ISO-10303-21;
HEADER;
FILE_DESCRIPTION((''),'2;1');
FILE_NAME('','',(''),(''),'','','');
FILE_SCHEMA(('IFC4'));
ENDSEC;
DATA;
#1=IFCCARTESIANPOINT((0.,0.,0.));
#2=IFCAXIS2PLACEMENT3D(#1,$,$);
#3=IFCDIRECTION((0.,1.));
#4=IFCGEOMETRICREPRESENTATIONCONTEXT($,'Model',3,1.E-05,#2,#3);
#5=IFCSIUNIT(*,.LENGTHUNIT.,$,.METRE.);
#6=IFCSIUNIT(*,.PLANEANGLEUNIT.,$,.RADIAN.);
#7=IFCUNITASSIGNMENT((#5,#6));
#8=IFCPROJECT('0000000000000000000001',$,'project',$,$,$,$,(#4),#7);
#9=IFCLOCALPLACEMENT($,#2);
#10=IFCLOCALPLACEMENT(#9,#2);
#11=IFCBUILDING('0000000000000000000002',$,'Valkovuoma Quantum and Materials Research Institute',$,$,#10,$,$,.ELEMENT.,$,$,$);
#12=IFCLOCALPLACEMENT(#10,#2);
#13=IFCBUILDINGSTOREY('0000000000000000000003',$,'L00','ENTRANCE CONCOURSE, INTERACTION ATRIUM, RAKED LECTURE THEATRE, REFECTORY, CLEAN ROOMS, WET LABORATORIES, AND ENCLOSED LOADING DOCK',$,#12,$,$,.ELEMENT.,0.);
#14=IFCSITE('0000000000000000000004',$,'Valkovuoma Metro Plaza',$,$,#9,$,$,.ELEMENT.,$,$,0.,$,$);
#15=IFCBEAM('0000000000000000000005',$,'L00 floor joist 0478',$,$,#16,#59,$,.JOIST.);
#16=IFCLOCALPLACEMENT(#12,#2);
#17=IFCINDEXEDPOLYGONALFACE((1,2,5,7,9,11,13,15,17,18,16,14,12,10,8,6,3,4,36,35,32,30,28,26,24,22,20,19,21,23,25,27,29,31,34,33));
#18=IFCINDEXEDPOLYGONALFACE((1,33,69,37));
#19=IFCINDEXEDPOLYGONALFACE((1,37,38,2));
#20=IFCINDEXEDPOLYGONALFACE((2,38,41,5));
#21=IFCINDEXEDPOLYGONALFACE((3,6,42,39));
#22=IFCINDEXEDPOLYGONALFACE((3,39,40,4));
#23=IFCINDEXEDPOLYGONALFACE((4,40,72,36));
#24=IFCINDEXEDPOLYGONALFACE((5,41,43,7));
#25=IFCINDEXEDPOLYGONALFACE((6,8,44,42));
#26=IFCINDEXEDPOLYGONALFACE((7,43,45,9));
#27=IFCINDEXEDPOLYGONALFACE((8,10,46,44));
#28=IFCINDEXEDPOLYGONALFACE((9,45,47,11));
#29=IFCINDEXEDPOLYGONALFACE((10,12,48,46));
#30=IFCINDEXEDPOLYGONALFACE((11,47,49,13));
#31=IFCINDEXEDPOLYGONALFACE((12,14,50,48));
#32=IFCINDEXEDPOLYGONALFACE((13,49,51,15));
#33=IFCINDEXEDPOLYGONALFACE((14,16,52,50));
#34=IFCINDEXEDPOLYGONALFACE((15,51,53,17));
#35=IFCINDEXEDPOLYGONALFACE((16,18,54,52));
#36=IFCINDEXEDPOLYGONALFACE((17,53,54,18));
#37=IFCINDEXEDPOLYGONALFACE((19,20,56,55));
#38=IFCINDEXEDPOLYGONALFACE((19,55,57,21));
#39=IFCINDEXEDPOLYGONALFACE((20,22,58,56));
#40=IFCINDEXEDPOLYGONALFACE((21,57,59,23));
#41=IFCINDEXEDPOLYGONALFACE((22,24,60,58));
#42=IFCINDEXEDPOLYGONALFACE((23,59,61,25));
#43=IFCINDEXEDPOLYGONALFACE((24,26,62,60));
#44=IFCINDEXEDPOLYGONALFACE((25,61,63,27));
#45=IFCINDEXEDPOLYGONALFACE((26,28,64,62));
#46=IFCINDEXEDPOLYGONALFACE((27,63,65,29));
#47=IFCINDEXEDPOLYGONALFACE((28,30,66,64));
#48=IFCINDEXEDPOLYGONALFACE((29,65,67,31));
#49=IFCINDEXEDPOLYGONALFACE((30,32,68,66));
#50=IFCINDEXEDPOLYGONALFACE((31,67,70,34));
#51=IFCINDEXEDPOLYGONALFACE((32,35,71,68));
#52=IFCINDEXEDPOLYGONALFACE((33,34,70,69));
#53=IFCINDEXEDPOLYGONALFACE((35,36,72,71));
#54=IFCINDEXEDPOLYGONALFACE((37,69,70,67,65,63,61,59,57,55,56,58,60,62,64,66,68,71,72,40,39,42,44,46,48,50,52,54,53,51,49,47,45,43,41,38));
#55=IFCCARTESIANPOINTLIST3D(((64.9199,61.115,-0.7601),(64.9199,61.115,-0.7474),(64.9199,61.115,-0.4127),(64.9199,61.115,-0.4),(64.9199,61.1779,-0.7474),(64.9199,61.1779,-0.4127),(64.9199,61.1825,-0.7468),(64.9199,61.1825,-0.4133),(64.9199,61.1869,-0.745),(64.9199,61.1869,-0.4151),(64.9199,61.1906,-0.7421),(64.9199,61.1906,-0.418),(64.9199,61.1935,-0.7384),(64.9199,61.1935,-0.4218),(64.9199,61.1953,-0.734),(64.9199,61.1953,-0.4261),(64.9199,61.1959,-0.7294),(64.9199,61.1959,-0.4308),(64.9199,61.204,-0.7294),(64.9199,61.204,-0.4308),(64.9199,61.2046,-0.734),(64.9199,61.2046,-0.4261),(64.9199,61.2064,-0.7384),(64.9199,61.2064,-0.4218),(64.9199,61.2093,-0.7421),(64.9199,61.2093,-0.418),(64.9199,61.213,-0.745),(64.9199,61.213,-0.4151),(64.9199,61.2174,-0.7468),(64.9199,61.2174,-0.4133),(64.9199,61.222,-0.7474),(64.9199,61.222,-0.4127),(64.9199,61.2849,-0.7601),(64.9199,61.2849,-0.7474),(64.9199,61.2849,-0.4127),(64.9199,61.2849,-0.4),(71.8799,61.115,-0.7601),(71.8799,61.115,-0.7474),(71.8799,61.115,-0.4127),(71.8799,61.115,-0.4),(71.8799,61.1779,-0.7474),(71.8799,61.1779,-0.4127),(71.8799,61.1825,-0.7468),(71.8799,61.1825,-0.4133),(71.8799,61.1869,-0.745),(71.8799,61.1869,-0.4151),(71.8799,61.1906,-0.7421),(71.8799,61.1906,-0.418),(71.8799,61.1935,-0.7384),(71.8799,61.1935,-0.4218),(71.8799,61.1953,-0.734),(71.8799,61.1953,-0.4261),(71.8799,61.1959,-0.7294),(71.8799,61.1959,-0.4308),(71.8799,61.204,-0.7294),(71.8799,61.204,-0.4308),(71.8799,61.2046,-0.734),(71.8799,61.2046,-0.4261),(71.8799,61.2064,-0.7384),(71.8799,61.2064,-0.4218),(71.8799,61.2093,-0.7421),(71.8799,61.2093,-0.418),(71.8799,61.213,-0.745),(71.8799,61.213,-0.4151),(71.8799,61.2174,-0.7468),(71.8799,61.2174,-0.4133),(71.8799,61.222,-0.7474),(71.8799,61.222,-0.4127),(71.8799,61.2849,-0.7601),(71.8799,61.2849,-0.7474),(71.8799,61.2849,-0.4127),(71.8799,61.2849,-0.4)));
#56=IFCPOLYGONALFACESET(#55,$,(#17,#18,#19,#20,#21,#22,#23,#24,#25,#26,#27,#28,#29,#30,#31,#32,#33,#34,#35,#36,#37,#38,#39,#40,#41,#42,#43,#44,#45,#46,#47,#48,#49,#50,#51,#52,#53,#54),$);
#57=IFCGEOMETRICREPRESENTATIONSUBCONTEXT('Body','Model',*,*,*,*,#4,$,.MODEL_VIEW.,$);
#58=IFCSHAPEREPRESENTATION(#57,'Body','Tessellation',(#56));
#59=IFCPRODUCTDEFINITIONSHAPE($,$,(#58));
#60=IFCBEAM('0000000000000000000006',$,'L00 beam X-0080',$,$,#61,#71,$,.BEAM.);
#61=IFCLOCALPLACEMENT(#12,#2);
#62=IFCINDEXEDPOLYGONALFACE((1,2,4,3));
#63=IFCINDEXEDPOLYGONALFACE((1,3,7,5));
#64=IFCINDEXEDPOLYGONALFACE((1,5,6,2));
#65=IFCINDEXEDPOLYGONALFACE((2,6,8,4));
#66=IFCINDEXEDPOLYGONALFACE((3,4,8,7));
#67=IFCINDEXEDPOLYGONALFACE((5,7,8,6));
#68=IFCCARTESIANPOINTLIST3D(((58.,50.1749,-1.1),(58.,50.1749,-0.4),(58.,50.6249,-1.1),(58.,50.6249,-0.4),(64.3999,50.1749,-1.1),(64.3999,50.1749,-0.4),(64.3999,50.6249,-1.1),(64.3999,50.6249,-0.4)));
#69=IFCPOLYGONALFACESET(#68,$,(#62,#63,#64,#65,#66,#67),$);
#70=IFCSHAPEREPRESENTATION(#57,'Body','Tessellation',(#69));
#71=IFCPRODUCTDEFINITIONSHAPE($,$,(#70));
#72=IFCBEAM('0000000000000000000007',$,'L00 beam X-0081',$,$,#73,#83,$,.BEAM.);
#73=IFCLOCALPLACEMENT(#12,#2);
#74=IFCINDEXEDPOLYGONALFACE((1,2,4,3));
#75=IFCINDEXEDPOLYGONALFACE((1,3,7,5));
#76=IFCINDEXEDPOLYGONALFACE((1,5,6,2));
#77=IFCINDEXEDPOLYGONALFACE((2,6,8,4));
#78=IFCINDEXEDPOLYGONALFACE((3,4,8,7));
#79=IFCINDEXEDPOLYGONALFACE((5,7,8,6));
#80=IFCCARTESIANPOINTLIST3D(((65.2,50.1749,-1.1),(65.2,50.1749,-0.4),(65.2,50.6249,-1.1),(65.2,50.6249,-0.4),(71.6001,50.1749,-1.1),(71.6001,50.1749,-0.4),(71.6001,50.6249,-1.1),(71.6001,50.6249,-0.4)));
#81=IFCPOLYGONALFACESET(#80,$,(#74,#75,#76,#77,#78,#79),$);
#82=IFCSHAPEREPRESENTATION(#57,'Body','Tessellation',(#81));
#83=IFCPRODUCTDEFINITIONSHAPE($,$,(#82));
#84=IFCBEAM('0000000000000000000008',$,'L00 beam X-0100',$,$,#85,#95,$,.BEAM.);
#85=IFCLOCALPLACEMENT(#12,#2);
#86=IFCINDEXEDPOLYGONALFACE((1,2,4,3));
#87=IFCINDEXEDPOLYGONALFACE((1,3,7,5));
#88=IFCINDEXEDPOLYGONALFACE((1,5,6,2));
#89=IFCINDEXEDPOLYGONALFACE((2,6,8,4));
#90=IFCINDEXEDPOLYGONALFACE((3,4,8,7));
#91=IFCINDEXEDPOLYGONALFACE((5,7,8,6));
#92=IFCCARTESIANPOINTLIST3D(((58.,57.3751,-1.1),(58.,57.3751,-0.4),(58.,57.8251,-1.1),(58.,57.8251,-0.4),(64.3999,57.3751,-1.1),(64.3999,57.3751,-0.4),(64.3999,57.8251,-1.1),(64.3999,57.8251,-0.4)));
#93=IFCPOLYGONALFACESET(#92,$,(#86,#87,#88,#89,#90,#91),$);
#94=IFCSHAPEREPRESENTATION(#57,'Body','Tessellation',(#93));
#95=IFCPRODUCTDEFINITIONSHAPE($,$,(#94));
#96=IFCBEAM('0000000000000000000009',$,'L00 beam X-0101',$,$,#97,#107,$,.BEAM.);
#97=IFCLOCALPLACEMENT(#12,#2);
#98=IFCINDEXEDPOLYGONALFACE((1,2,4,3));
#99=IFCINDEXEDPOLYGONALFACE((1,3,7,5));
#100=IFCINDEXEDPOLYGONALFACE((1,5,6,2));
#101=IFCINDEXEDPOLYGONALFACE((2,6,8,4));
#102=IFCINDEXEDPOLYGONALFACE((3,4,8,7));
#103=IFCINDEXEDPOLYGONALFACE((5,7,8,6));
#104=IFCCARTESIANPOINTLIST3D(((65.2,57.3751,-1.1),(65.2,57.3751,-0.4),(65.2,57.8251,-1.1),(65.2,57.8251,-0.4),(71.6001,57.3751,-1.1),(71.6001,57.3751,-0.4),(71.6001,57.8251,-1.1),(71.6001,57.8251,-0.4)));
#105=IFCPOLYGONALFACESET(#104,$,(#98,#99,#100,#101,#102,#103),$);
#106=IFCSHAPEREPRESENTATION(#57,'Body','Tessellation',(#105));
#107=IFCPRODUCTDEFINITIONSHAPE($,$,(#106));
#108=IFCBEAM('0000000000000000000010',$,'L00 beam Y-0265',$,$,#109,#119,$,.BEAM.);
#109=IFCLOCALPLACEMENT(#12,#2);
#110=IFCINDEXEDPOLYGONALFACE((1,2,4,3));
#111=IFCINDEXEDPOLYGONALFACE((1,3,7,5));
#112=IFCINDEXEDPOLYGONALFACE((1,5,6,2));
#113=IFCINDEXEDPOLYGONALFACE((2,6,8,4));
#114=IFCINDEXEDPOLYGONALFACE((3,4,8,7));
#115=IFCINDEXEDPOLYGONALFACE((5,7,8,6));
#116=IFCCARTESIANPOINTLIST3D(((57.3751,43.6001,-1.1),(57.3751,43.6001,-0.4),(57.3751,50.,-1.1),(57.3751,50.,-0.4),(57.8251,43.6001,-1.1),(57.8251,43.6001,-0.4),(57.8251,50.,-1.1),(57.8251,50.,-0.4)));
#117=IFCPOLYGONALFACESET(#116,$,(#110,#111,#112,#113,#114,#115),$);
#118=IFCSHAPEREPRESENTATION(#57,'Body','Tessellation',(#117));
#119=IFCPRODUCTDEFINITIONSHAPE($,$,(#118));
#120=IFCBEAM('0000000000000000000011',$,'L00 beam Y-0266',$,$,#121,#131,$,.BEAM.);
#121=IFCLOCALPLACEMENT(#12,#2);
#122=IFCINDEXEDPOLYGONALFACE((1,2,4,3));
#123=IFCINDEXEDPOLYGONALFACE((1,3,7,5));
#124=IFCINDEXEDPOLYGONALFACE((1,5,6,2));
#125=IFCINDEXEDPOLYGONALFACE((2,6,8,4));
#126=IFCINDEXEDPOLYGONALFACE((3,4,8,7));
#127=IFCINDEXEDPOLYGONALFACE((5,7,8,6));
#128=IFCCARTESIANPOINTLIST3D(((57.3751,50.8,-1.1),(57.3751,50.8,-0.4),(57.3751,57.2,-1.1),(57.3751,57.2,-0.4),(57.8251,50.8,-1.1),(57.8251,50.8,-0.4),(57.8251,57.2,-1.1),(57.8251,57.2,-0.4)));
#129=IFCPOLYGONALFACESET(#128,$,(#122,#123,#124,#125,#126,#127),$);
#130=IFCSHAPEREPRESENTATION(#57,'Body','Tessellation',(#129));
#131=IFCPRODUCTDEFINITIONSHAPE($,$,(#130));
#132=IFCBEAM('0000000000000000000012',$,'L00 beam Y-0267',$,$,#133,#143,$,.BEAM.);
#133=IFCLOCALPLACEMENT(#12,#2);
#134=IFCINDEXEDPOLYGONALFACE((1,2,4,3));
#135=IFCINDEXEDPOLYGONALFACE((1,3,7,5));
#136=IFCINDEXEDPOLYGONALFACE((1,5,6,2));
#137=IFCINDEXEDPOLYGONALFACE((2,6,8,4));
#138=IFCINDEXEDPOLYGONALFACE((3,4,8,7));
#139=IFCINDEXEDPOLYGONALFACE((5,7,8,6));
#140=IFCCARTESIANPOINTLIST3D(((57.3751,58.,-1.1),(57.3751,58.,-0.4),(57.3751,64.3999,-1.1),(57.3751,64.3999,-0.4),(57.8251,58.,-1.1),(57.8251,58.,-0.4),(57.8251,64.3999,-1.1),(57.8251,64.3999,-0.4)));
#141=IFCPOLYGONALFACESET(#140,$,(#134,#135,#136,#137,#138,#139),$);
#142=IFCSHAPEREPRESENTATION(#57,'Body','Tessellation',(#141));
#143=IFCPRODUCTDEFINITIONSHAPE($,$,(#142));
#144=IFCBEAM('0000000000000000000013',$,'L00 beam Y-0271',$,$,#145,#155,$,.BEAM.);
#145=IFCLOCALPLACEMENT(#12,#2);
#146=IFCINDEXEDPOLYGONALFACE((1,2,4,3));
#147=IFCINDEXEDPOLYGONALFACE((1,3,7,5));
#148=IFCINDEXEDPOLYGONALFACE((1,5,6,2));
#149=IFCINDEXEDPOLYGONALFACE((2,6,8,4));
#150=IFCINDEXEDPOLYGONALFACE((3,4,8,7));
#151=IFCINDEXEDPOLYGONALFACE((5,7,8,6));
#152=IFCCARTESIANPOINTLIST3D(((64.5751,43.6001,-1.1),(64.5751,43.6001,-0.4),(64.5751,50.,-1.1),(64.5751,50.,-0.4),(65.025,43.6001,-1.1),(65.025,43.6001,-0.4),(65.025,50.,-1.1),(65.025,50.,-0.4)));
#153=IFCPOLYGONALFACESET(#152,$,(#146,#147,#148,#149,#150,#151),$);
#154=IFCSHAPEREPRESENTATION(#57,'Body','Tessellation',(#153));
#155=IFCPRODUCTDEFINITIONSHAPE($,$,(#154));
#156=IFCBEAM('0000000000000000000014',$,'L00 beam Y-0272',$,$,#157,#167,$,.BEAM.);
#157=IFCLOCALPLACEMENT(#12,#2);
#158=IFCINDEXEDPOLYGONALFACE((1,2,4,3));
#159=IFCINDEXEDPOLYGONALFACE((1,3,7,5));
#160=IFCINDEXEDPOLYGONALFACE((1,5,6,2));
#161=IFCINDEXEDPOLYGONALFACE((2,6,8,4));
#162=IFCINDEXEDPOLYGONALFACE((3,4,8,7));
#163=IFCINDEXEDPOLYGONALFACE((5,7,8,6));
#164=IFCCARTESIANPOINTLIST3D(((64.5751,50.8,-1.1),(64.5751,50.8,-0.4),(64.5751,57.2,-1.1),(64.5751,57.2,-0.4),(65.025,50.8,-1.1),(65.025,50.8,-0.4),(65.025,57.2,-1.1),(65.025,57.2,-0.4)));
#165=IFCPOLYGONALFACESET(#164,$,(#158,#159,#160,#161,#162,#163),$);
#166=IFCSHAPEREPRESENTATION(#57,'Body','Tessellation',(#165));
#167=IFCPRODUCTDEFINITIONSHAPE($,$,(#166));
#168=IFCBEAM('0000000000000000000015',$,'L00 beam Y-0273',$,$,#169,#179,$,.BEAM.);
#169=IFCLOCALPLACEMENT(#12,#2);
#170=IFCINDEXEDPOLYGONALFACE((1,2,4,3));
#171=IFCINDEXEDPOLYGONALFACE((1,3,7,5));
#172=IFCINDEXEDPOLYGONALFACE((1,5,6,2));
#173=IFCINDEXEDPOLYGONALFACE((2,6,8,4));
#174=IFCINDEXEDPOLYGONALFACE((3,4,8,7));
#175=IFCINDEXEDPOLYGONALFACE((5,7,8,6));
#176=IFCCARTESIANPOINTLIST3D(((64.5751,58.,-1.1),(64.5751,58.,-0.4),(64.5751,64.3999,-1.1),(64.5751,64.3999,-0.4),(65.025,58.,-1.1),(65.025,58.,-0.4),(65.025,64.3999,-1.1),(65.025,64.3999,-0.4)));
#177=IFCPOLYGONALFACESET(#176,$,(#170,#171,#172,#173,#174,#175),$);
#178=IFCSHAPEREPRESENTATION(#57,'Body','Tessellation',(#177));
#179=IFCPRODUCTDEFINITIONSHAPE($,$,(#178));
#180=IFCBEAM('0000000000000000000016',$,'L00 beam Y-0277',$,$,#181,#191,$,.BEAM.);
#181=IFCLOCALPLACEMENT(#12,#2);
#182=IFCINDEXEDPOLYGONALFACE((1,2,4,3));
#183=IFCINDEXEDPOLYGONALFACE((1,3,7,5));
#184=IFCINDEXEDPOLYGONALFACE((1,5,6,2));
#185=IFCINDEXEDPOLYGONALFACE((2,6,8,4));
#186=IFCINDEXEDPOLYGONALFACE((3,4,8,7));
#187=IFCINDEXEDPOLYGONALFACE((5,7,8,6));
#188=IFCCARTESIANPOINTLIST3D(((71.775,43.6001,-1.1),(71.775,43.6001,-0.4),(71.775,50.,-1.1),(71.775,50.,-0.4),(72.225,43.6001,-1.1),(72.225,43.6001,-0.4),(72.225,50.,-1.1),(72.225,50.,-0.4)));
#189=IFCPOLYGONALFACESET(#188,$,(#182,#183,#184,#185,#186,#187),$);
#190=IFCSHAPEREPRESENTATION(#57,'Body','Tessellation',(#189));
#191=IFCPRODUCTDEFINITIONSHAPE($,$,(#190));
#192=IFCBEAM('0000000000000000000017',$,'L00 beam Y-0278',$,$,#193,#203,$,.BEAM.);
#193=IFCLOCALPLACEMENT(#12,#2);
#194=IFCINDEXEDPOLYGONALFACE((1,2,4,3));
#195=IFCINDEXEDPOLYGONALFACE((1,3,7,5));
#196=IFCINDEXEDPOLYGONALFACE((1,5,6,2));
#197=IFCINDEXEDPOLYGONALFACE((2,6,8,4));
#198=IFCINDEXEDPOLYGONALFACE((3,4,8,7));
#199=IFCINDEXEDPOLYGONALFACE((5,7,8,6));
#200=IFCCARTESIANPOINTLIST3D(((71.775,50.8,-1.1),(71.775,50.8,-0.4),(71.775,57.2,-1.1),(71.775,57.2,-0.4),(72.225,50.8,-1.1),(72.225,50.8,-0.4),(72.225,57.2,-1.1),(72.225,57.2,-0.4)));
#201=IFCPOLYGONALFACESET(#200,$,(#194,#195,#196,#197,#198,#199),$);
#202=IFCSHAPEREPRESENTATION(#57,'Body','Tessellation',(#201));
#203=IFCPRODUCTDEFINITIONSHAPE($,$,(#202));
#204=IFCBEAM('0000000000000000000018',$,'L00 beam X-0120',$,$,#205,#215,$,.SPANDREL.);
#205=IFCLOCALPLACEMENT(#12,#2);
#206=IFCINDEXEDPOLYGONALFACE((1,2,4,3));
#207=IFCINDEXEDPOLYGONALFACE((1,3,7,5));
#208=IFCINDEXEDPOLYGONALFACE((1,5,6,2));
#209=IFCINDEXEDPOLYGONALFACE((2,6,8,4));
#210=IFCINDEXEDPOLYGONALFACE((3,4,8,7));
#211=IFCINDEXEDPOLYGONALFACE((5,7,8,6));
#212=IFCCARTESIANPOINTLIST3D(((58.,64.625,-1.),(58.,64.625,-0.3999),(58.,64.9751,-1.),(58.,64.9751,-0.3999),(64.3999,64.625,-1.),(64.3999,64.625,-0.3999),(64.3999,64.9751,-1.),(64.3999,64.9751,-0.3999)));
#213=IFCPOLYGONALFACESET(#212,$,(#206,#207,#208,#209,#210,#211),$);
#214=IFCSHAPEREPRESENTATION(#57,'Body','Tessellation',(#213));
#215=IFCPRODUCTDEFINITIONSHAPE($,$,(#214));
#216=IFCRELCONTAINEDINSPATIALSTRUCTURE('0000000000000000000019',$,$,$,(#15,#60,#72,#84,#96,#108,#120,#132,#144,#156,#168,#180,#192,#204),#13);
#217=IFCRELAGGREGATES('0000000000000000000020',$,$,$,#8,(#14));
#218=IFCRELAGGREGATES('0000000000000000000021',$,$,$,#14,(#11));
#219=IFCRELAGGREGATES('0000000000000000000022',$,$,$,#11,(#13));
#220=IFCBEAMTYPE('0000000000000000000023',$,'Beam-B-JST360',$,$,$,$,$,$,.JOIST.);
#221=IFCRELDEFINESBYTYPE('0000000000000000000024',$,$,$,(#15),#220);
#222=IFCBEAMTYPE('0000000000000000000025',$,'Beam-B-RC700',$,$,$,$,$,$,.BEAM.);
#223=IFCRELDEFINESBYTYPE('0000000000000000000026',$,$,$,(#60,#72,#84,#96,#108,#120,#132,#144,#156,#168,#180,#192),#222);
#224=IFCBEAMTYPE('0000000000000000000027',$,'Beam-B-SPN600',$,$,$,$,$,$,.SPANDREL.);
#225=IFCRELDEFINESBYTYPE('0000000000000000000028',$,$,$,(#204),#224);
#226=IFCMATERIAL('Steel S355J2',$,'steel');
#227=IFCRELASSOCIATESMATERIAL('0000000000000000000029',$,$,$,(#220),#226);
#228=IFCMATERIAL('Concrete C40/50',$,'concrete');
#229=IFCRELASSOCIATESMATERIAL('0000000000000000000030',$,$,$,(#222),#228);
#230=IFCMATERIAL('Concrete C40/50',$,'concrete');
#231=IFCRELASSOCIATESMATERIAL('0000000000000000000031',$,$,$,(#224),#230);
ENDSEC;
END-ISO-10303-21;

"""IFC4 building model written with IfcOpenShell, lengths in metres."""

from ifc_helpers import new_model, si_unit, direction, frame, origin, origin_2d, place, context, subcontext, project, spatial, rectangle, i_section, extrude, material, material_profile, profile_set, type_object, element, save


model = new_model("IFC4")

# Units and contexts
model_context = context("Model", 3, precision=1e-05, world=origin(), true_north=direction((0.0, 1.0)))
body_context = subcontext(model_context, "Body", "Model", "MODEL_VIEW")
ifc_project = project(units=[si_unit("LENGTHUNIT", "METRE"), si_unit("PLANEANGLEUNIT", "RADIAN")], contexts=[model_context])

# Site, building, storey
site_placement = place(None, origin())
site = spatial("IfcSite", under=ifc_project, at=site_placement, Name="Valkovuoma Metro Plaza", CompositionType="ELEMENT", RefElevation=0.0)
building_placement = place(site_placement, origin())
building = spatial("IfcBuilding", under=site, at=building_placement, Name="Valkovuoma Quantum and Materials Research Institute", CompositionType="ELEMENT")
storey_placement = place(building_placement, origin())
storey = spatial("IfcBuildingStorey", under=building, at=storey_placement, Name="L00", Description="ENTRANCE CONCOURSE, INTERACTION ATRIUM, RAKED LECTURE THEATRE, REFECTORY, CLEAN ROOMS, WET LABORATORIES, AND ENCLOSED LOADING DOCK", CompositionType="ELEMENT", Elevation=0.0)

# Beams
ifc_material_1 = material(Name="Steel S355J2", Category="steel")
ifc_material_profile_1 = material_profile(ifc_material_1, i_section(OverallWidth=0.1699, OverallDepth=0.3601, WebThickness=0.0081, FlangeThickness=0.0127, FilletRadius=0.0181, at=origin_2d()), Name="Steel S355J2")
ifc_profile_set_1 = profile_set([ifc_material_profile_1], Name="Steel S355J2")
beam_type_1 = type_object("IfcBeamType", Name="Beam-B-JST360", PredefinedType="JOIST", material=ifc_profile_set_1)
for number, where, z_axis, x_axis, name in (
    (1, (64.9199, 61.2, -0.5801), (1.0, 0.0, 0.0), (0.0, 1.0, 0.0), "L00 floor joist 0478"),
):
    element("IfcBeam", number, at=place(storey_placement, frame(where, z_axis=z_axis, x_axis=x_axis)), inside=storey, type_object=beam_type_1, Name=name, PredefinedType="JOIST", context=body_context, shape_type="SweptSolid", body=[
        extrude(i_section(OverallWidth=0.1699, OverallDepth=0.3601, WebThickness=0.0081, FlangeThickness=0.0127, FilletRadius=0.0181, at=origin_2d()), origin(), (0.0, 0.0, 1.0), 6.96),
    ])
ifc_material_2 = material(Name="Concrete C40/50", Category="concrete")
ifc_material_profile_2 = material_profile(ifc_material_2, rectangle(XDim=0.45, YDim=0.7, at=origin_2d()), Name="Concrete C40/50")
ifc_profile_set_2 = profile_set([ifc_material_profile_2], Name="Concrete C40/50")
beam_type_2 = type_object("IfcBeamType", Name="Beam-B-RC700", PredefinedType="BEAM", material=ifc_profile_set_2)
beam_1_placement = place(storey_placement, frame((58.0, 50.3999, -0.75), z_axis=(1.0, 0.0, 0.0), x_axis=(0.0, 1.0, 0.0)))
element("IfcBeam", 2, at=beam_1_placement, inside=storey, type_object=beam_type_2, Name="L00 beam X-0080", PredefinedType="BEAM", context=body_context, shape_type="SweptSolid", body=[
    extrude(rectangle(XDim=0.45, YDim=0.7, at=origin_2d()), origin(), (0.0, 0.0, 1.0), 6.3999),
])
beam_2_placement = place(storey_placement, frame((65.2, 50.3999, -0.75), z_axis=(1.0, 0.0, 0.0), x_axis=(0.0, 1.0, 0.0)))
element("IfcBeam", 3, at=beam_2_placement, inside=storey, type_object=beam_type_2, Name="L00 beam X-0081", PredefinedType="BEAM", context=body_context, shape_type="SweptSolid", body=[
    extrude(rectangle(XDim=0.45, YDim=0.7, at=origin_2d()), origin(), (0.0, 0.0, 1.0), 6.4001),
])
beam_3_placement = place(storey_placement, frame((58.0, 57.6001, -0.75), z_axis=(1.0, 0.0, 0.0), x_axis=(0.0, 1.0, 0.0)))
element("IfcBeam", 4, at=beam_3_placement, inside=storey, type_object=beam_type_2, Name="L00 beam X-0100", PredefinedType="BEAM", context=body_context, shape_type="SweptSolid", body=[
    extrude(rectangle(XDim=0.45, YDim=0.7, at=origin_2d()), origin(), (0.0, 0.0, 1.0), 6.3999),
])
beam_4_placement = place(storey_placement, frame((65.2, 57.6001, -0.75), z_axis=(1.0, 0.0, 0.0), x_axis=(0.0, 1.0, 0.0)))
element("IfcBeam", 5, at=beam_4_placement, inside=storey, type_object=beam_type_2, Name="L00 beam X-0101", PredefinedType="BEAM", context=body_context, shape_type="SweptSolid", body=[
    extrude(rectangle(XDim=0.45, YDim=0.7, at=origin_2d()), origin(), (0.0, 0.0, 1.0), 6.4001),
])
for number, where, z_axis, x_axis, name in (
    (6, (57.6001, 43.6001, -0.75), (0.0, 1.0, 0.0), (-1.0, 0.0, 0.0), "L00 beam Y-0265"),
    (7, (57.6001, 50.8, -0.75), (0.0, 1.0, 0.0), (-1.0, 0.0, 0.0), "L00 beam Y-0266"),
    (8, (57.6001, 58.0, -0.75), (0.0, 1.0, 0.0), (-1.0, 0.0, 0.0), "L00 beam Y-0267"),
    (9, (64.8, 43.6001, -0.75), (0.0, 1.0, 0.0), (-1.0, 0.0, 0.0), "L00 beam Y-0271"),
    (10, (64.8, 50.8, -0.75), (0.0, 1.0, 0.0), (-1.0, 0.0, 0.0), "L00 beam Y-0272"),
    (11, (64.8, 58.0, -0.75), (0.0, 1.0, 0.0), (-1.0, 0.0, 0.0), "L00 beam Y-0273"),
    (12, (72.0, 43.6001, -0.75), (0.0, 1.0, 0.0), (-1.0, 0.0, 0.0), "L00 beam Y-0277"),
    (13, (72.0, 50.8, -0.75), (0.0, 1.0, 0.0), (-1.0, 0.0, 0.0), "L00 beam Y-0278"),
):
    element("IfcBeam", number, at=place(storey_placement, frame(where, z_axis=z_axis, x_axis=x_axis)), inside=storey, type_object=beam_type_2, Name=name, PredefinedType="BEAM", context=body_context, shape_type="SweptSolid", body=[
        extrude(rectangle(XDim=0.45, YDim=0.7, at=origin_2d()), origin(), (0.0, 0.0, 1.0), 6.3999),
    ])
ifc_material_3 = material(Name="Concrete C40/50", Category="concrete")
ifc_material_profile_3 = material_profile(ifc_material_3, rectangle(XDim=0.3501, YDim=0.6001, at=origin_2d()), Name="Concrete C40/50")
ifc_profile_set_3 = profile_set([ifc_material_profile_3], Name="Concrete C40/50")
beam_type_3 = type_object("IfcBeamType", Name="Beam-B-SPN600", PredefinedType="SPANDREL", material=ifc_profile_set_3)
beam_5_placement = place(storey_placement, frame((58.0, 64.8, -0.7), z_axis=(1.0, 0.0, 0.0), x_axis=(0.0, 1.0, 0.0)))
element("IfcBeam", 14, at=beam_5_placement, inside=storey, type_object=beam_type_3, Name="L00 beam X-0120", PredefinedType="SPANDREL", context=body_context, shape_type="SweptSolid", body=[
    extrude(rectangle(XDim=0.3501, YDim=0.6001, at=origin_2d()), origin(), (0.0, 0.0, 1.0), 6.3999),
])

save(model, "model.ifc")
